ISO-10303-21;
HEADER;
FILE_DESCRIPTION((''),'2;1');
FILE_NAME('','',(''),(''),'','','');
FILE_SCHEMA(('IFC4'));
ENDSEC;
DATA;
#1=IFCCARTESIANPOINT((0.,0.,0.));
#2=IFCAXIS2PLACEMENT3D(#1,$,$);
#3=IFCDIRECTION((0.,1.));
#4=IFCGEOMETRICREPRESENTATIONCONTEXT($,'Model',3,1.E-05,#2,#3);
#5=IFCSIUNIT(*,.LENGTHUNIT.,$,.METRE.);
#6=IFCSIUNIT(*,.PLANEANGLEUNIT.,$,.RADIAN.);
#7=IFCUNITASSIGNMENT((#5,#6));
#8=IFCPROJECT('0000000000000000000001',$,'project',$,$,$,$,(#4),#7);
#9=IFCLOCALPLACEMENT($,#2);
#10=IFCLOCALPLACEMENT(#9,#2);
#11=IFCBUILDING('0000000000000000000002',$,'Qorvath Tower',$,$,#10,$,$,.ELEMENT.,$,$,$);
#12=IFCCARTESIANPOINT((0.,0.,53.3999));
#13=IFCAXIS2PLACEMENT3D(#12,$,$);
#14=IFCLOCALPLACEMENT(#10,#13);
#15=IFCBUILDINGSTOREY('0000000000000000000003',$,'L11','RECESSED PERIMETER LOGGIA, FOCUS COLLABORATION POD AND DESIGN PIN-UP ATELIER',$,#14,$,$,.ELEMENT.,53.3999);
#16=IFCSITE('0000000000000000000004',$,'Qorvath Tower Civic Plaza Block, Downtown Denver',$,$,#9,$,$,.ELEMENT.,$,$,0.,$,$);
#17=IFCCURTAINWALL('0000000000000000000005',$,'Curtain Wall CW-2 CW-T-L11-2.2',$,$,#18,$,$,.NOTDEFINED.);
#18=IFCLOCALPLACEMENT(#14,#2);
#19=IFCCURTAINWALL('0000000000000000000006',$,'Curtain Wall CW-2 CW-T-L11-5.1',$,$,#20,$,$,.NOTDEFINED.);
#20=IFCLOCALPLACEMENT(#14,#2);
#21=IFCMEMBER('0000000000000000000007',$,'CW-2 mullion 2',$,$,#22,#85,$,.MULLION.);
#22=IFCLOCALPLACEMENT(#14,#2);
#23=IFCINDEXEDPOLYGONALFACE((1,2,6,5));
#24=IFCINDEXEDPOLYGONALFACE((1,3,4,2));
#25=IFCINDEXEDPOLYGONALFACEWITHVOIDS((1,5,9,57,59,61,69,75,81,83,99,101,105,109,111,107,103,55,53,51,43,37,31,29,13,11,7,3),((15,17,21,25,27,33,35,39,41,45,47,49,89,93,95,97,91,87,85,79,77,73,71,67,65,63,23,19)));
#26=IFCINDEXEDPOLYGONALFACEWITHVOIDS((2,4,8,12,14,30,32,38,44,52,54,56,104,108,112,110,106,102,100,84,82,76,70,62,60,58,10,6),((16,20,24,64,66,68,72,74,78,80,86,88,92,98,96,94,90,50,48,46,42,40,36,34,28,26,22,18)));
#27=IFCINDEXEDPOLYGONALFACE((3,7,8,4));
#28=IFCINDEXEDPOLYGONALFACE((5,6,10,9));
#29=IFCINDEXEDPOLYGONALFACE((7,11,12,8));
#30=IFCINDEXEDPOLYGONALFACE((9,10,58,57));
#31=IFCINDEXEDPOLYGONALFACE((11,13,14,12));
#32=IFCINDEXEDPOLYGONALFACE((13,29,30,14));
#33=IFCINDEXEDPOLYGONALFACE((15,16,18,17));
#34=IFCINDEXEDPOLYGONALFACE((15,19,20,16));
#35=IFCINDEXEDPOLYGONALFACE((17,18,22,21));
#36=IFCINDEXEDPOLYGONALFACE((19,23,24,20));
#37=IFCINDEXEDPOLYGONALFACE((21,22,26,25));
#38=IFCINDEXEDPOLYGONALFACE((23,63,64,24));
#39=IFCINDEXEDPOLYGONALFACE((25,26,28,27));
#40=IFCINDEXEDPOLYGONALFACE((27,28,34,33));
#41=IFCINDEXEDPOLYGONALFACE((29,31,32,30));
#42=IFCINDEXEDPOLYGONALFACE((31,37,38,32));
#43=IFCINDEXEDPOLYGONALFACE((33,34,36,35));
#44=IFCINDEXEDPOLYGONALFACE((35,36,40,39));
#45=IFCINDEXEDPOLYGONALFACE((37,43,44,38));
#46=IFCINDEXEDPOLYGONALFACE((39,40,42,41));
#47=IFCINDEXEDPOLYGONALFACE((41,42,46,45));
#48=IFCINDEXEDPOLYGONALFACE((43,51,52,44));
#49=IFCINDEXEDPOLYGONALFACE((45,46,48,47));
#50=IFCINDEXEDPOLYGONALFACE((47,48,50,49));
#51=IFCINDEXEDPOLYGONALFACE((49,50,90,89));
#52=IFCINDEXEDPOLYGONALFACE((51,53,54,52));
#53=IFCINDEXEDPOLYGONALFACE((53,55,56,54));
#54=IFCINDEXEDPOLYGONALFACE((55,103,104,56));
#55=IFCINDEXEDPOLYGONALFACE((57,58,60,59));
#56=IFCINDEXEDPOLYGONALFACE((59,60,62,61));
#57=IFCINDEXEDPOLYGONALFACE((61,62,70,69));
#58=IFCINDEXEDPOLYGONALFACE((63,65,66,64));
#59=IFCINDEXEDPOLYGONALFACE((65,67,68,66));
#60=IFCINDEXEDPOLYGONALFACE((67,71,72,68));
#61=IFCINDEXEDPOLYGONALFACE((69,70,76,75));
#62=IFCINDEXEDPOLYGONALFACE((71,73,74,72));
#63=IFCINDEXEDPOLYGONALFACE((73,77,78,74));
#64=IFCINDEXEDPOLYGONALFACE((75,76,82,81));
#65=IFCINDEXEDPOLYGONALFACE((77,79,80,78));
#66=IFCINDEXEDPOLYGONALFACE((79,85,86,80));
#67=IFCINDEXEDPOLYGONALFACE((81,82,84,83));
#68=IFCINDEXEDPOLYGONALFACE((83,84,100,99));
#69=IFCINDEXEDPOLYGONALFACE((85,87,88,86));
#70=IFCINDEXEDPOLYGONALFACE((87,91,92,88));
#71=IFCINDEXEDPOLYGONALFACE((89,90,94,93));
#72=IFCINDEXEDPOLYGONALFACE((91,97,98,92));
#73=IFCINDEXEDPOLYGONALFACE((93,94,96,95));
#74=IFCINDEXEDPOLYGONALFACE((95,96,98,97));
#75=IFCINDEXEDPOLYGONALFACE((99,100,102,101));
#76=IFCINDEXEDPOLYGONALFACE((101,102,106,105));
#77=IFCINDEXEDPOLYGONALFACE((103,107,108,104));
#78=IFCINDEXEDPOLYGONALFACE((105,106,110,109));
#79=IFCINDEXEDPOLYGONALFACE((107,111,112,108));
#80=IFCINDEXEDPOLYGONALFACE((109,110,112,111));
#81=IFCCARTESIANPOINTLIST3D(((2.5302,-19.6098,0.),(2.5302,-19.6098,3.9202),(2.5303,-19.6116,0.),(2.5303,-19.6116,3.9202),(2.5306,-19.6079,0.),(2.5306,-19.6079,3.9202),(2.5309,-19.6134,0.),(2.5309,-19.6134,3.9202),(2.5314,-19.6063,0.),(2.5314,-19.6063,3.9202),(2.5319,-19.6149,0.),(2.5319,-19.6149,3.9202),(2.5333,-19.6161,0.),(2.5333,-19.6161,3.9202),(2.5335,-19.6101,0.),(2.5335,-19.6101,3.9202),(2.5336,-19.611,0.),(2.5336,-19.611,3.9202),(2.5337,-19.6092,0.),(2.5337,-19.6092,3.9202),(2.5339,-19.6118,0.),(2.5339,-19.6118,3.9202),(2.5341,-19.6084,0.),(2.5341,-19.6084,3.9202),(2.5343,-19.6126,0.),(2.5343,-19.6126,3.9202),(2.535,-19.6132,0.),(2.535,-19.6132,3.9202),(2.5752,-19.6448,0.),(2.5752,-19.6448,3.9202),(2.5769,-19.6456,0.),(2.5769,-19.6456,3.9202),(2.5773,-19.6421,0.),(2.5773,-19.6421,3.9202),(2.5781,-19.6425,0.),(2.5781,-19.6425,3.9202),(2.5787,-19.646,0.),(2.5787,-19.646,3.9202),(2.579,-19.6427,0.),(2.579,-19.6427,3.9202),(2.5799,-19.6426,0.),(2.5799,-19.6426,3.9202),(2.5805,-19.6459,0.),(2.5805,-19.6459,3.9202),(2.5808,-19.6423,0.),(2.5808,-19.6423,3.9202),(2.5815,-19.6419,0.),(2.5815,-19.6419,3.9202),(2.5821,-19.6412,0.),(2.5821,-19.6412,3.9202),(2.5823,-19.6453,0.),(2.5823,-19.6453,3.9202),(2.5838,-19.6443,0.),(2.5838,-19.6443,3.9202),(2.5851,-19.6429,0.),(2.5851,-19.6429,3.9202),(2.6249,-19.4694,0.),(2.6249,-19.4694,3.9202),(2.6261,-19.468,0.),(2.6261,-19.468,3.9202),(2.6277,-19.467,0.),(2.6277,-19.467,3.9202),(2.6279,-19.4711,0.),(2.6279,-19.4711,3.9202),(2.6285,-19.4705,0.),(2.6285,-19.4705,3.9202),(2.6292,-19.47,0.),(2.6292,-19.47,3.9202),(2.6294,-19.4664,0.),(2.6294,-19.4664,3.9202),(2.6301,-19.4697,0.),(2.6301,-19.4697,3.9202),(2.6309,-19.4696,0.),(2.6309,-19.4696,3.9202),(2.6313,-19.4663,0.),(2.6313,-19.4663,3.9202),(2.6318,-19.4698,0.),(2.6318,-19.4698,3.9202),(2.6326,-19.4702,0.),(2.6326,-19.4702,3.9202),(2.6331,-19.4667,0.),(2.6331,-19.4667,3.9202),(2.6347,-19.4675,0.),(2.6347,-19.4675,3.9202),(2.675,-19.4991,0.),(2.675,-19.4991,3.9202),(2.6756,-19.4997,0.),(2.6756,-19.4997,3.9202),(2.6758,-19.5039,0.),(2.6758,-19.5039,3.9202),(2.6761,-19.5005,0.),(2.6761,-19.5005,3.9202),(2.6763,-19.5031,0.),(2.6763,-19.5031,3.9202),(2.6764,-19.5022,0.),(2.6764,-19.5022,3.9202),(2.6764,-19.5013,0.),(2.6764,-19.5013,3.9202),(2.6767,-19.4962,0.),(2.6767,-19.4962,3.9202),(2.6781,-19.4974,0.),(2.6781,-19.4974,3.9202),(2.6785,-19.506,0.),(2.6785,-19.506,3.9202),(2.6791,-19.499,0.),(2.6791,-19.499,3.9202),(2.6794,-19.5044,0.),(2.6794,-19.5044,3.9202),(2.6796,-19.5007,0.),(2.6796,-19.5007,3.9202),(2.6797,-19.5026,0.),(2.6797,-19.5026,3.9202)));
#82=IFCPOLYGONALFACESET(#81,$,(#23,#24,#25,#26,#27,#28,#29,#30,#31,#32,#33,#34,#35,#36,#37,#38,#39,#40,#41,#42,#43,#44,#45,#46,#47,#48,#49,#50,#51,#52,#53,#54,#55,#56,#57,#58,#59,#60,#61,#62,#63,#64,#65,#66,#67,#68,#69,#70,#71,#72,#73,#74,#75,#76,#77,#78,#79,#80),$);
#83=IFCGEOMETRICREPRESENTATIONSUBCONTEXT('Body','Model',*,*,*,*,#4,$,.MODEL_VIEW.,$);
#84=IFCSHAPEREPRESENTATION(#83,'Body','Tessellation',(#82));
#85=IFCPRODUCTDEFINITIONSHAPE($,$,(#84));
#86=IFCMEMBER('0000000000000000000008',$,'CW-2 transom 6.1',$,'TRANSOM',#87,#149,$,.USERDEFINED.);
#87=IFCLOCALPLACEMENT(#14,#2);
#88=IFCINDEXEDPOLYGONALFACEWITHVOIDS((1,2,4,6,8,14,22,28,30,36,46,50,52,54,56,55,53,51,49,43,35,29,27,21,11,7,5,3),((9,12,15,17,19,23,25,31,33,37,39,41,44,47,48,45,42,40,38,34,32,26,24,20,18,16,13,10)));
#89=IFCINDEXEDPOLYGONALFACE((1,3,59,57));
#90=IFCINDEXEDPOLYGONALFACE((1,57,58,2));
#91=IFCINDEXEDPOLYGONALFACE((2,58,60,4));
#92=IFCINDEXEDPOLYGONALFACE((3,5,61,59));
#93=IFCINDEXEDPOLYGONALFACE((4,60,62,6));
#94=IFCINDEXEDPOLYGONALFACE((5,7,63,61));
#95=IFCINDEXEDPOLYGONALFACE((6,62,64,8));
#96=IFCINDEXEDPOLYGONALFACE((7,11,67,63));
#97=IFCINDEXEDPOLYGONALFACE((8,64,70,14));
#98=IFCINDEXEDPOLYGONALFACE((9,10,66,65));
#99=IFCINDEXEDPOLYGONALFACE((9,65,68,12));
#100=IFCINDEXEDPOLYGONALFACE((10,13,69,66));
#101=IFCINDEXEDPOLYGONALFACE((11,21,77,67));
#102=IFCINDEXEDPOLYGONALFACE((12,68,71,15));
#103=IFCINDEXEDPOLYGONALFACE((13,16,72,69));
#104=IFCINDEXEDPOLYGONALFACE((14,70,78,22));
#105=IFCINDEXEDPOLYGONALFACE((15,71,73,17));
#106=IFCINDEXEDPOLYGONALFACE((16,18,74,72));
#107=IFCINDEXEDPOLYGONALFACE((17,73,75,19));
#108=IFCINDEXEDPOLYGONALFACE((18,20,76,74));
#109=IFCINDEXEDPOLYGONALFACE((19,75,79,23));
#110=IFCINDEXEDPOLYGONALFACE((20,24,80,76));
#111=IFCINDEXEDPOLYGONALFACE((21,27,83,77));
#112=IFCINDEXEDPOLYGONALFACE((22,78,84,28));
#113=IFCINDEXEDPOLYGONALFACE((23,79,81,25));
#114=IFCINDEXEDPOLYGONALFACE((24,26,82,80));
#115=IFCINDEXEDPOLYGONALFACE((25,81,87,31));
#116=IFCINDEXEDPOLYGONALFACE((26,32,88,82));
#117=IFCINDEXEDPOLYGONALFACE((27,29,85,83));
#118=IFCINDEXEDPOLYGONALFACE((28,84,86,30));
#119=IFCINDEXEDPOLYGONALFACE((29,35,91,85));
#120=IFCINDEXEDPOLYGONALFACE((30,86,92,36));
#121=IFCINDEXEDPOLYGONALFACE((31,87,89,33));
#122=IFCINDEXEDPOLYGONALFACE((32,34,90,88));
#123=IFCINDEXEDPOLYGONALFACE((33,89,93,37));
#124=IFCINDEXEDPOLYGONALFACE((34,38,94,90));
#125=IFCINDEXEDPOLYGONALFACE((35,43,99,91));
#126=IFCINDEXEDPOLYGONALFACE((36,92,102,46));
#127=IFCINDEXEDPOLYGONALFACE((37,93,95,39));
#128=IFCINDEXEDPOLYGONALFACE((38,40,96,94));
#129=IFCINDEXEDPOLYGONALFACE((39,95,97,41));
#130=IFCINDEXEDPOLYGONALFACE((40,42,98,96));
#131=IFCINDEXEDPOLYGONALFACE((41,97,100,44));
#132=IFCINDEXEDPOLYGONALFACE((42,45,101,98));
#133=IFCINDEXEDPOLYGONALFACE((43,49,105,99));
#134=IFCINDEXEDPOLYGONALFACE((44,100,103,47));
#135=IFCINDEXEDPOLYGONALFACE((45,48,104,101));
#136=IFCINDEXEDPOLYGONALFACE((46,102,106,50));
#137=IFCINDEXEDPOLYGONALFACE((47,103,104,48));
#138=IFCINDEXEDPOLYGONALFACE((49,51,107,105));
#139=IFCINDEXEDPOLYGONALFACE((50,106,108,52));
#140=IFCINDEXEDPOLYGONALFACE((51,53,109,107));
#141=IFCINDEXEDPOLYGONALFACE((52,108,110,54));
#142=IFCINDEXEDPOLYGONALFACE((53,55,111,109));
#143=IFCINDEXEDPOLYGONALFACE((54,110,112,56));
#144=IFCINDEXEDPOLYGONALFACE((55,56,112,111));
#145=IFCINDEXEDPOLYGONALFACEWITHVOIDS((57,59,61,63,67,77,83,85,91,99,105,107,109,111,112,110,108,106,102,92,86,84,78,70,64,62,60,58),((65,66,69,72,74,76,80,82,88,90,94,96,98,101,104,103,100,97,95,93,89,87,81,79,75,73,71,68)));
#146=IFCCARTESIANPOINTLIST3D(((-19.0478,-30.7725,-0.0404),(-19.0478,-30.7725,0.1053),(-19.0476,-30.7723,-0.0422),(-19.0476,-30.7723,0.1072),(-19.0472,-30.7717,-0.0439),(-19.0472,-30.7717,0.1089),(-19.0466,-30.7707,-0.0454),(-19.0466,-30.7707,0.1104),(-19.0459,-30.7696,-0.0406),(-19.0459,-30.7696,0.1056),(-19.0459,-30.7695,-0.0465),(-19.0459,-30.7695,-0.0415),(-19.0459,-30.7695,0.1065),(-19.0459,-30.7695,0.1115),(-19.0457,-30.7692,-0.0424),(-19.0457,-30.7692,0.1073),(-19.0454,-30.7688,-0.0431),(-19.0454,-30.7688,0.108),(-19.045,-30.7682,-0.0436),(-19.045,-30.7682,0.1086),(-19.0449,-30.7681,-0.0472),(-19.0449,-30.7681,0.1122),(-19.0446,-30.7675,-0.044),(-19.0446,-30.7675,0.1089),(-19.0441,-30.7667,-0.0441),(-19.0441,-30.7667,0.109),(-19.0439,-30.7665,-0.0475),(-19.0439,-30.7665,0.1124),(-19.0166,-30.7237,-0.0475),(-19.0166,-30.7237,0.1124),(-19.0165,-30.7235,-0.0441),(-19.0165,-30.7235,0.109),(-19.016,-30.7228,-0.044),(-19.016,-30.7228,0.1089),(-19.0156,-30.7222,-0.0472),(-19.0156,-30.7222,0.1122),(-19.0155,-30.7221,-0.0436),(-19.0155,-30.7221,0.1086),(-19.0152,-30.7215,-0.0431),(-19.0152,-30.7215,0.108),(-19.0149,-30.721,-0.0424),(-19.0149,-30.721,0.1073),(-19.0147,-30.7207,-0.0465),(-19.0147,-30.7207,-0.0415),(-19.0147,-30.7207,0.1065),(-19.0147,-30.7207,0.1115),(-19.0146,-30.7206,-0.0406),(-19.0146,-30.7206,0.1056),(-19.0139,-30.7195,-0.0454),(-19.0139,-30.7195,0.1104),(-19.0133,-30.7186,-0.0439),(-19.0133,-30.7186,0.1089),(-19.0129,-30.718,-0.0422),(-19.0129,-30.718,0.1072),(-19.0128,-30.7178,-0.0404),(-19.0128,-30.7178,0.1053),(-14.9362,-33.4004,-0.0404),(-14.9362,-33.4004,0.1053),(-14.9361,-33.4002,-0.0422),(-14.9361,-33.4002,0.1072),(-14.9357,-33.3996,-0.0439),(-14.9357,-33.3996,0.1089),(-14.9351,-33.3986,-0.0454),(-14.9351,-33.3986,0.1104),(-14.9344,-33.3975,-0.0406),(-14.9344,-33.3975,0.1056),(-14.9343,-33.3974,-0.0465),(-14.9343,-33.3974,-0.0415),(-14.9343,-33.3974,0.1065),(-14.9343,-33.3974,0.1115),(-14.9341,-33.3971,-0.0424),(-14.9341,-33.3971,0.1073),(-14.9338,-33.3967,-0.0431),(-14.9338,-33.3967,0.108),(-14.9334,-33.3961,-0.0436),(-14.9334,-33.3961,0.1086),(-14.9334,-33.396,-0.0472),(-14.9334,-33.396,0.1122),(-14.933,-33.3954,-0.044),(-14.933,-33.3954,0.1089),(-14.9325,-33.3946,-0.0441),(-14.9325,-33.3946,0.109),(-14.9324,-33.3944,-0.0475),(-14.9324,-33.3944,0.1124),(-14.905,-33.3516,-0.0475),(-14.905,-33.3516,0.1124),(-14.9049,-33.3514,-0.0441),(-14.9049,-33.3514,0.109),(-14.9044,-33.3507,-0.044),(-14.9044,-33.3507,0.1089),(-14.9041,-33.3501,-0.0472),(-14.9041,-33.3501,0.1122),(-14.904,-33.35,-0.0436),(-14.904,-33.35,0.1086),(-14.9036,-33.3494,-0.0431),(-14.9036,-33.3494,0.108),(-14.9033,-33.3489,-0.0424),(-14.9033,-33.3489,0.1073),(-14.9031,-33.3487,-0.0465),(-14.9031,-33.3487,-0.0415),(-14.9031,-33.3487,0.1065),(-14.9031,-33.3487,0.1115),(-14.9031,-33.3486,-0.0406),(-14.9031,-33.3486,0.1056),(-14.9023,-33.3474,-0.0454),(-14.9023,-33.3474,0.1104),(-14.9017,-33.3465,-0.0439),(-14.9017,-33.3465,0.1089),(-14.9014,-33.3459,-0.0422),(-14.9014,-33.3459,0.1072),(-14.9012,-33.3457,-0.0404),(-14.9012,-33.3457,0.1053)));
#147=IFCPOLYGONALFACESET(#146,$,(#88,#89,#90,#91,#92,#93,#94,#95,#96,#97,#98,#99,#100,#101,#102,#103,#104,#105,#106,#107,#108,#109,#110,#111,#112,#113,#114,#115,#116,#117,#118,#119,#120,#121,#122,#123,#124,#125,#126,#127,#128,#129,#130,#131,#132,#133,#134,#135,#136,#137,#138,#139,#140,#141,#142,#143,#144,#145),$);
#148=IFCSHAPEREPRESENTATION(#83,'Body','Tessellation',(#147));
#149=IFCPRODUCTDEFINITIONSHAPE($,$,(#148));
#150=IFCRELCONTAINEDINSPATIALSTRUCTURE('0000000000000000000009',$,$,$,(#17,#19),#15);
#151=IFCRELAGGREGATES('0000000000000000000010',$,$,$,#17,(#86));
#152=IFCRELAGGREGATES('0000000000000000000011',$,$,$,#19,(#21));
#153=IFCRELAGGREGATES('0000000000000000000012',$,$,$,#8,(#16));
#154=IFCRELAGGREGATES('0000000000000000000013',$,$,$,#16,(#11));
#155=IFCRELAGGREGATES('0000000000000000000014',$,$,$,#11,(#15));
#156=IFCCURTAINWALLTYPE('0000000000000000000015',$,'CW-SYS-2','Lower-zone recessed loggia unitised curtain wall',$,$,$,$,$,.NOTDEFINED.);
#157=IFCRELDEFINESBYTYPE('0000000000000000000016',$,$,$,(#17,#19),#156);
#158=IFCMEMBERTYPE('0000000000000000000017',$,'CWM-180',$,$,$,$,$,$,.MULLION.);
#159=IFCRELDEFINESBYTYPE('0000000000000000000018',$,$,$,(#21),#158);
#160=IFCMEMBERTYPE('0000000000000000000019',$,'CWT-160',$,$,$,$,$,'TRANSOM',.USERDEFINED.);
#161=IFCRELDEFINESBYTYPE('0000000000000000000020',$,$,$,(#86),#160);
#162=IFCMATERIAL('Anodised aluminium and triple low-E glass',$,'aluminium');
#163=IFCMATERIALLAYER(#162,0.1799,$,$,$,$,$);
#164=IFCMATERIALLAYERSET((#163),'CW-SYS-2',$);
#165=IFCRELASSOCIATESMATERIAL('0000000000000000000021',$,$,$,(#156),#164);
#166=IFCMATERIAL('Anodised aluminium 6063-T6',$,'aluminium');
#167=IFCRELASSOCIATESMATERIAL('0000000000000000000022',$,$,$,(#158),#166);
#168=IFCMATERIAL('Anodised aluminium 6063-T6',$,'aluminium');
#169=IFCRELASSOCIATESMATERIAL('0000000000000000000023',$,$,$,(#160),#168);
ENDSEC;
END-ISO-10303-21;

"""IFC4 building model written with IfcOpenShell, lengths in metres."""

from ifc_helpers import new_model, si_unit, direction, frame, origin, origin_2d, place, context, subcontext, project, spatial, hollow_rectangle, extrude, material, layer, layer_set, material_profile, profile_set, type_object, element, aggregate, save


model = new_model("IFC4")

# Units and contexts
model_context = context("Model", 3, precision=1e-05, world=origin(), true_north=direction((0.0, 1.0)))
body_context = subcontext(model_context, "Body", "Model", "MODEL_VIEW")
ifc_project = project(units=[si_unit("LENGTHUNIT", "METRE"), si_unit("PLANEANGLEUNIT", "RADIAN")], contexts=[model_context])

# Site, building, storey
site_placement = place(None, origin())
site = spatial("IfcSite", under=ifc_project, at=site_placement, Name="Qorvath Tower Civic Plaza Block, Downtown Denver", CompositionType="ELEMENT", RefElevation=0.0)
building_placement = place(site_placement, origin())
building = spatial("IfcBuilding", under=site, at=building_placement, Name="Qorvath Tower", CompositionType="ELEMENT")
storey_placement = place(building_placement, frame((0.0, 0.0, 53.3999)))
storey = spatial("IfcBuildingStorey", under=building, at=storey_placement, Name="L11", Description="RECESSED PERIMETER LOGGIA, FOCUS COLLABORATION POD AND DESIGN PIN-UP ATELIER", CompositionType="ELEMENT", Elevation=53.3999)

# Curtain walls, member
ifc_material_1 = material(Name="Anodised aluminium and triple low-E glass", Category="aluminium")
ifc_layer_1 = layer(ifc_material_1, 0.1799)
ifc_layer_set_1 = layer_set([ifc_layer_1], Name="CW-SYS-2")
curtain_wall_type = type_object("IfcCurtainWallType", Name="CW-SYS-2", Description="Lower-zone recessed loggia unitised curtain wall", PredefinedType="NOTDEFINED", material=ifc_layer_set_1)
curtain_wall_1_placement = place(storey_placement, origin())
curtain_wall_1 = element("IfcCurtainWall", 1, at=curtain_wall_1_placement, inside=storey, type_object=curtain_wall_type, Name="Curtain Wall CW-2 CW-T-L11-2.2", PredefinedType="NOTDEFINED")
ifc_material_2 = material(Name="Anodised aluminium 6063-T6", Category="aluminium")
ifc_material_profile_1 = material_profile(ifc_material_2, hollow_rectangle(XDim=0.0649, YDim=0.1799, WallThickness=0.0034, InnerFilletRadius=0.0034, OuterFilletRadius=0.0071, at=origin_2d()), Name="CWM 180x65")
ifc_profile_set_1 = profile_set([ifc_material_profile_1], Name="Anodised aluminium 6063-T6")
member_type_1 = type_object("IfcMemberType", Name="CWM-180", PredefinedType="MULLION", material=ifc_profile_set_1)
curtain_wall_2_placement = place(storey_placement, origin())
curtain_wall_2 = element("IfcCurtainWall", 2, at=curtain_wall_2_placement, inside=storey, type_object=curtain_wall_type, Name="Curtain Wall CW-2 CW-T-L11-5.1", PredefinedType="NOTDEFINED")
member_1_placement = place(storey_placement, frame((2.605, -19.5562, 0.0), z_axis=(0.0, 0.0, 1.0), x_axis=(-0.825849, 0.563891, 0.0)))
member_1 = element("IfcMember", 3, at=member_1_placement, type_object=member_type_1, Name="CW-2 mullion 2", PredefinedType="MULLION", context=body_context, shape_type="SweptSolid", body=[
    extrude(hollow_rectangle(XDim=0.0649, YDim=0.1799, WallThickness=0.0034, InnerFilletRadius=0.0034, OuterFilletRadius=0.0071, at=origin_2d()), origin(), (0.0, 0.0, 1.0), 3.9202),
])

# Member
ifc_material_3 = material(Name="Anodised aluminium 6063-T6", Category="aluminium")
ifc_material_profile_2 = material_profile(ifc_material_3, hollow_rectangle(XDim=0.0649, YDim=0.1599, WallThickness=0.0034, InnerFilletRadius=0.0034, OuterFilletRadius=0.0071, at=origin_2d()), Name="CWT 160x65")
ifc_profile_set_2 = profile_set([ifc_material_profile_2], Name="Anodised aluminium 6063-T6")
member_type_2 = type_object("IfcMemberType", Name="CWT-160", ElementType="TRANSOM", PredefinedType="USERDEFINED", material=ifc_profile_set_2)
member_2_placement = place(storey_placement, frame((-19.0303, -30.7451, 0.0325), z_axis=(0.842595, -0.538548, 0.0), x_axis=(0.538548, 0.842595, 0.0)))
member_2 = element("IfcMember", 4, at=member_2_placement, type_object=member_type_2, Name="CW-2 transom 6.1", ObjectType="TRANSOM", PredefinedType="USERDEFINED", context=body_context, shape_type="SweptSolid", body=[
    extrude(hollow_rectangle(XDim=0.0649, YDim=0.1599, WallThickness=0.0034, InnerFilletRadius=0.0034, OuterFilletRadius=0.0071, at=origin_2d()), origin(), (0.0, 0.0, 1.0), 4.8796),
])

aggregate(curtain_wall_1, [member_2])
aggregate(curtain_wall_2, [member_1])

save(model, "model.ifc")
